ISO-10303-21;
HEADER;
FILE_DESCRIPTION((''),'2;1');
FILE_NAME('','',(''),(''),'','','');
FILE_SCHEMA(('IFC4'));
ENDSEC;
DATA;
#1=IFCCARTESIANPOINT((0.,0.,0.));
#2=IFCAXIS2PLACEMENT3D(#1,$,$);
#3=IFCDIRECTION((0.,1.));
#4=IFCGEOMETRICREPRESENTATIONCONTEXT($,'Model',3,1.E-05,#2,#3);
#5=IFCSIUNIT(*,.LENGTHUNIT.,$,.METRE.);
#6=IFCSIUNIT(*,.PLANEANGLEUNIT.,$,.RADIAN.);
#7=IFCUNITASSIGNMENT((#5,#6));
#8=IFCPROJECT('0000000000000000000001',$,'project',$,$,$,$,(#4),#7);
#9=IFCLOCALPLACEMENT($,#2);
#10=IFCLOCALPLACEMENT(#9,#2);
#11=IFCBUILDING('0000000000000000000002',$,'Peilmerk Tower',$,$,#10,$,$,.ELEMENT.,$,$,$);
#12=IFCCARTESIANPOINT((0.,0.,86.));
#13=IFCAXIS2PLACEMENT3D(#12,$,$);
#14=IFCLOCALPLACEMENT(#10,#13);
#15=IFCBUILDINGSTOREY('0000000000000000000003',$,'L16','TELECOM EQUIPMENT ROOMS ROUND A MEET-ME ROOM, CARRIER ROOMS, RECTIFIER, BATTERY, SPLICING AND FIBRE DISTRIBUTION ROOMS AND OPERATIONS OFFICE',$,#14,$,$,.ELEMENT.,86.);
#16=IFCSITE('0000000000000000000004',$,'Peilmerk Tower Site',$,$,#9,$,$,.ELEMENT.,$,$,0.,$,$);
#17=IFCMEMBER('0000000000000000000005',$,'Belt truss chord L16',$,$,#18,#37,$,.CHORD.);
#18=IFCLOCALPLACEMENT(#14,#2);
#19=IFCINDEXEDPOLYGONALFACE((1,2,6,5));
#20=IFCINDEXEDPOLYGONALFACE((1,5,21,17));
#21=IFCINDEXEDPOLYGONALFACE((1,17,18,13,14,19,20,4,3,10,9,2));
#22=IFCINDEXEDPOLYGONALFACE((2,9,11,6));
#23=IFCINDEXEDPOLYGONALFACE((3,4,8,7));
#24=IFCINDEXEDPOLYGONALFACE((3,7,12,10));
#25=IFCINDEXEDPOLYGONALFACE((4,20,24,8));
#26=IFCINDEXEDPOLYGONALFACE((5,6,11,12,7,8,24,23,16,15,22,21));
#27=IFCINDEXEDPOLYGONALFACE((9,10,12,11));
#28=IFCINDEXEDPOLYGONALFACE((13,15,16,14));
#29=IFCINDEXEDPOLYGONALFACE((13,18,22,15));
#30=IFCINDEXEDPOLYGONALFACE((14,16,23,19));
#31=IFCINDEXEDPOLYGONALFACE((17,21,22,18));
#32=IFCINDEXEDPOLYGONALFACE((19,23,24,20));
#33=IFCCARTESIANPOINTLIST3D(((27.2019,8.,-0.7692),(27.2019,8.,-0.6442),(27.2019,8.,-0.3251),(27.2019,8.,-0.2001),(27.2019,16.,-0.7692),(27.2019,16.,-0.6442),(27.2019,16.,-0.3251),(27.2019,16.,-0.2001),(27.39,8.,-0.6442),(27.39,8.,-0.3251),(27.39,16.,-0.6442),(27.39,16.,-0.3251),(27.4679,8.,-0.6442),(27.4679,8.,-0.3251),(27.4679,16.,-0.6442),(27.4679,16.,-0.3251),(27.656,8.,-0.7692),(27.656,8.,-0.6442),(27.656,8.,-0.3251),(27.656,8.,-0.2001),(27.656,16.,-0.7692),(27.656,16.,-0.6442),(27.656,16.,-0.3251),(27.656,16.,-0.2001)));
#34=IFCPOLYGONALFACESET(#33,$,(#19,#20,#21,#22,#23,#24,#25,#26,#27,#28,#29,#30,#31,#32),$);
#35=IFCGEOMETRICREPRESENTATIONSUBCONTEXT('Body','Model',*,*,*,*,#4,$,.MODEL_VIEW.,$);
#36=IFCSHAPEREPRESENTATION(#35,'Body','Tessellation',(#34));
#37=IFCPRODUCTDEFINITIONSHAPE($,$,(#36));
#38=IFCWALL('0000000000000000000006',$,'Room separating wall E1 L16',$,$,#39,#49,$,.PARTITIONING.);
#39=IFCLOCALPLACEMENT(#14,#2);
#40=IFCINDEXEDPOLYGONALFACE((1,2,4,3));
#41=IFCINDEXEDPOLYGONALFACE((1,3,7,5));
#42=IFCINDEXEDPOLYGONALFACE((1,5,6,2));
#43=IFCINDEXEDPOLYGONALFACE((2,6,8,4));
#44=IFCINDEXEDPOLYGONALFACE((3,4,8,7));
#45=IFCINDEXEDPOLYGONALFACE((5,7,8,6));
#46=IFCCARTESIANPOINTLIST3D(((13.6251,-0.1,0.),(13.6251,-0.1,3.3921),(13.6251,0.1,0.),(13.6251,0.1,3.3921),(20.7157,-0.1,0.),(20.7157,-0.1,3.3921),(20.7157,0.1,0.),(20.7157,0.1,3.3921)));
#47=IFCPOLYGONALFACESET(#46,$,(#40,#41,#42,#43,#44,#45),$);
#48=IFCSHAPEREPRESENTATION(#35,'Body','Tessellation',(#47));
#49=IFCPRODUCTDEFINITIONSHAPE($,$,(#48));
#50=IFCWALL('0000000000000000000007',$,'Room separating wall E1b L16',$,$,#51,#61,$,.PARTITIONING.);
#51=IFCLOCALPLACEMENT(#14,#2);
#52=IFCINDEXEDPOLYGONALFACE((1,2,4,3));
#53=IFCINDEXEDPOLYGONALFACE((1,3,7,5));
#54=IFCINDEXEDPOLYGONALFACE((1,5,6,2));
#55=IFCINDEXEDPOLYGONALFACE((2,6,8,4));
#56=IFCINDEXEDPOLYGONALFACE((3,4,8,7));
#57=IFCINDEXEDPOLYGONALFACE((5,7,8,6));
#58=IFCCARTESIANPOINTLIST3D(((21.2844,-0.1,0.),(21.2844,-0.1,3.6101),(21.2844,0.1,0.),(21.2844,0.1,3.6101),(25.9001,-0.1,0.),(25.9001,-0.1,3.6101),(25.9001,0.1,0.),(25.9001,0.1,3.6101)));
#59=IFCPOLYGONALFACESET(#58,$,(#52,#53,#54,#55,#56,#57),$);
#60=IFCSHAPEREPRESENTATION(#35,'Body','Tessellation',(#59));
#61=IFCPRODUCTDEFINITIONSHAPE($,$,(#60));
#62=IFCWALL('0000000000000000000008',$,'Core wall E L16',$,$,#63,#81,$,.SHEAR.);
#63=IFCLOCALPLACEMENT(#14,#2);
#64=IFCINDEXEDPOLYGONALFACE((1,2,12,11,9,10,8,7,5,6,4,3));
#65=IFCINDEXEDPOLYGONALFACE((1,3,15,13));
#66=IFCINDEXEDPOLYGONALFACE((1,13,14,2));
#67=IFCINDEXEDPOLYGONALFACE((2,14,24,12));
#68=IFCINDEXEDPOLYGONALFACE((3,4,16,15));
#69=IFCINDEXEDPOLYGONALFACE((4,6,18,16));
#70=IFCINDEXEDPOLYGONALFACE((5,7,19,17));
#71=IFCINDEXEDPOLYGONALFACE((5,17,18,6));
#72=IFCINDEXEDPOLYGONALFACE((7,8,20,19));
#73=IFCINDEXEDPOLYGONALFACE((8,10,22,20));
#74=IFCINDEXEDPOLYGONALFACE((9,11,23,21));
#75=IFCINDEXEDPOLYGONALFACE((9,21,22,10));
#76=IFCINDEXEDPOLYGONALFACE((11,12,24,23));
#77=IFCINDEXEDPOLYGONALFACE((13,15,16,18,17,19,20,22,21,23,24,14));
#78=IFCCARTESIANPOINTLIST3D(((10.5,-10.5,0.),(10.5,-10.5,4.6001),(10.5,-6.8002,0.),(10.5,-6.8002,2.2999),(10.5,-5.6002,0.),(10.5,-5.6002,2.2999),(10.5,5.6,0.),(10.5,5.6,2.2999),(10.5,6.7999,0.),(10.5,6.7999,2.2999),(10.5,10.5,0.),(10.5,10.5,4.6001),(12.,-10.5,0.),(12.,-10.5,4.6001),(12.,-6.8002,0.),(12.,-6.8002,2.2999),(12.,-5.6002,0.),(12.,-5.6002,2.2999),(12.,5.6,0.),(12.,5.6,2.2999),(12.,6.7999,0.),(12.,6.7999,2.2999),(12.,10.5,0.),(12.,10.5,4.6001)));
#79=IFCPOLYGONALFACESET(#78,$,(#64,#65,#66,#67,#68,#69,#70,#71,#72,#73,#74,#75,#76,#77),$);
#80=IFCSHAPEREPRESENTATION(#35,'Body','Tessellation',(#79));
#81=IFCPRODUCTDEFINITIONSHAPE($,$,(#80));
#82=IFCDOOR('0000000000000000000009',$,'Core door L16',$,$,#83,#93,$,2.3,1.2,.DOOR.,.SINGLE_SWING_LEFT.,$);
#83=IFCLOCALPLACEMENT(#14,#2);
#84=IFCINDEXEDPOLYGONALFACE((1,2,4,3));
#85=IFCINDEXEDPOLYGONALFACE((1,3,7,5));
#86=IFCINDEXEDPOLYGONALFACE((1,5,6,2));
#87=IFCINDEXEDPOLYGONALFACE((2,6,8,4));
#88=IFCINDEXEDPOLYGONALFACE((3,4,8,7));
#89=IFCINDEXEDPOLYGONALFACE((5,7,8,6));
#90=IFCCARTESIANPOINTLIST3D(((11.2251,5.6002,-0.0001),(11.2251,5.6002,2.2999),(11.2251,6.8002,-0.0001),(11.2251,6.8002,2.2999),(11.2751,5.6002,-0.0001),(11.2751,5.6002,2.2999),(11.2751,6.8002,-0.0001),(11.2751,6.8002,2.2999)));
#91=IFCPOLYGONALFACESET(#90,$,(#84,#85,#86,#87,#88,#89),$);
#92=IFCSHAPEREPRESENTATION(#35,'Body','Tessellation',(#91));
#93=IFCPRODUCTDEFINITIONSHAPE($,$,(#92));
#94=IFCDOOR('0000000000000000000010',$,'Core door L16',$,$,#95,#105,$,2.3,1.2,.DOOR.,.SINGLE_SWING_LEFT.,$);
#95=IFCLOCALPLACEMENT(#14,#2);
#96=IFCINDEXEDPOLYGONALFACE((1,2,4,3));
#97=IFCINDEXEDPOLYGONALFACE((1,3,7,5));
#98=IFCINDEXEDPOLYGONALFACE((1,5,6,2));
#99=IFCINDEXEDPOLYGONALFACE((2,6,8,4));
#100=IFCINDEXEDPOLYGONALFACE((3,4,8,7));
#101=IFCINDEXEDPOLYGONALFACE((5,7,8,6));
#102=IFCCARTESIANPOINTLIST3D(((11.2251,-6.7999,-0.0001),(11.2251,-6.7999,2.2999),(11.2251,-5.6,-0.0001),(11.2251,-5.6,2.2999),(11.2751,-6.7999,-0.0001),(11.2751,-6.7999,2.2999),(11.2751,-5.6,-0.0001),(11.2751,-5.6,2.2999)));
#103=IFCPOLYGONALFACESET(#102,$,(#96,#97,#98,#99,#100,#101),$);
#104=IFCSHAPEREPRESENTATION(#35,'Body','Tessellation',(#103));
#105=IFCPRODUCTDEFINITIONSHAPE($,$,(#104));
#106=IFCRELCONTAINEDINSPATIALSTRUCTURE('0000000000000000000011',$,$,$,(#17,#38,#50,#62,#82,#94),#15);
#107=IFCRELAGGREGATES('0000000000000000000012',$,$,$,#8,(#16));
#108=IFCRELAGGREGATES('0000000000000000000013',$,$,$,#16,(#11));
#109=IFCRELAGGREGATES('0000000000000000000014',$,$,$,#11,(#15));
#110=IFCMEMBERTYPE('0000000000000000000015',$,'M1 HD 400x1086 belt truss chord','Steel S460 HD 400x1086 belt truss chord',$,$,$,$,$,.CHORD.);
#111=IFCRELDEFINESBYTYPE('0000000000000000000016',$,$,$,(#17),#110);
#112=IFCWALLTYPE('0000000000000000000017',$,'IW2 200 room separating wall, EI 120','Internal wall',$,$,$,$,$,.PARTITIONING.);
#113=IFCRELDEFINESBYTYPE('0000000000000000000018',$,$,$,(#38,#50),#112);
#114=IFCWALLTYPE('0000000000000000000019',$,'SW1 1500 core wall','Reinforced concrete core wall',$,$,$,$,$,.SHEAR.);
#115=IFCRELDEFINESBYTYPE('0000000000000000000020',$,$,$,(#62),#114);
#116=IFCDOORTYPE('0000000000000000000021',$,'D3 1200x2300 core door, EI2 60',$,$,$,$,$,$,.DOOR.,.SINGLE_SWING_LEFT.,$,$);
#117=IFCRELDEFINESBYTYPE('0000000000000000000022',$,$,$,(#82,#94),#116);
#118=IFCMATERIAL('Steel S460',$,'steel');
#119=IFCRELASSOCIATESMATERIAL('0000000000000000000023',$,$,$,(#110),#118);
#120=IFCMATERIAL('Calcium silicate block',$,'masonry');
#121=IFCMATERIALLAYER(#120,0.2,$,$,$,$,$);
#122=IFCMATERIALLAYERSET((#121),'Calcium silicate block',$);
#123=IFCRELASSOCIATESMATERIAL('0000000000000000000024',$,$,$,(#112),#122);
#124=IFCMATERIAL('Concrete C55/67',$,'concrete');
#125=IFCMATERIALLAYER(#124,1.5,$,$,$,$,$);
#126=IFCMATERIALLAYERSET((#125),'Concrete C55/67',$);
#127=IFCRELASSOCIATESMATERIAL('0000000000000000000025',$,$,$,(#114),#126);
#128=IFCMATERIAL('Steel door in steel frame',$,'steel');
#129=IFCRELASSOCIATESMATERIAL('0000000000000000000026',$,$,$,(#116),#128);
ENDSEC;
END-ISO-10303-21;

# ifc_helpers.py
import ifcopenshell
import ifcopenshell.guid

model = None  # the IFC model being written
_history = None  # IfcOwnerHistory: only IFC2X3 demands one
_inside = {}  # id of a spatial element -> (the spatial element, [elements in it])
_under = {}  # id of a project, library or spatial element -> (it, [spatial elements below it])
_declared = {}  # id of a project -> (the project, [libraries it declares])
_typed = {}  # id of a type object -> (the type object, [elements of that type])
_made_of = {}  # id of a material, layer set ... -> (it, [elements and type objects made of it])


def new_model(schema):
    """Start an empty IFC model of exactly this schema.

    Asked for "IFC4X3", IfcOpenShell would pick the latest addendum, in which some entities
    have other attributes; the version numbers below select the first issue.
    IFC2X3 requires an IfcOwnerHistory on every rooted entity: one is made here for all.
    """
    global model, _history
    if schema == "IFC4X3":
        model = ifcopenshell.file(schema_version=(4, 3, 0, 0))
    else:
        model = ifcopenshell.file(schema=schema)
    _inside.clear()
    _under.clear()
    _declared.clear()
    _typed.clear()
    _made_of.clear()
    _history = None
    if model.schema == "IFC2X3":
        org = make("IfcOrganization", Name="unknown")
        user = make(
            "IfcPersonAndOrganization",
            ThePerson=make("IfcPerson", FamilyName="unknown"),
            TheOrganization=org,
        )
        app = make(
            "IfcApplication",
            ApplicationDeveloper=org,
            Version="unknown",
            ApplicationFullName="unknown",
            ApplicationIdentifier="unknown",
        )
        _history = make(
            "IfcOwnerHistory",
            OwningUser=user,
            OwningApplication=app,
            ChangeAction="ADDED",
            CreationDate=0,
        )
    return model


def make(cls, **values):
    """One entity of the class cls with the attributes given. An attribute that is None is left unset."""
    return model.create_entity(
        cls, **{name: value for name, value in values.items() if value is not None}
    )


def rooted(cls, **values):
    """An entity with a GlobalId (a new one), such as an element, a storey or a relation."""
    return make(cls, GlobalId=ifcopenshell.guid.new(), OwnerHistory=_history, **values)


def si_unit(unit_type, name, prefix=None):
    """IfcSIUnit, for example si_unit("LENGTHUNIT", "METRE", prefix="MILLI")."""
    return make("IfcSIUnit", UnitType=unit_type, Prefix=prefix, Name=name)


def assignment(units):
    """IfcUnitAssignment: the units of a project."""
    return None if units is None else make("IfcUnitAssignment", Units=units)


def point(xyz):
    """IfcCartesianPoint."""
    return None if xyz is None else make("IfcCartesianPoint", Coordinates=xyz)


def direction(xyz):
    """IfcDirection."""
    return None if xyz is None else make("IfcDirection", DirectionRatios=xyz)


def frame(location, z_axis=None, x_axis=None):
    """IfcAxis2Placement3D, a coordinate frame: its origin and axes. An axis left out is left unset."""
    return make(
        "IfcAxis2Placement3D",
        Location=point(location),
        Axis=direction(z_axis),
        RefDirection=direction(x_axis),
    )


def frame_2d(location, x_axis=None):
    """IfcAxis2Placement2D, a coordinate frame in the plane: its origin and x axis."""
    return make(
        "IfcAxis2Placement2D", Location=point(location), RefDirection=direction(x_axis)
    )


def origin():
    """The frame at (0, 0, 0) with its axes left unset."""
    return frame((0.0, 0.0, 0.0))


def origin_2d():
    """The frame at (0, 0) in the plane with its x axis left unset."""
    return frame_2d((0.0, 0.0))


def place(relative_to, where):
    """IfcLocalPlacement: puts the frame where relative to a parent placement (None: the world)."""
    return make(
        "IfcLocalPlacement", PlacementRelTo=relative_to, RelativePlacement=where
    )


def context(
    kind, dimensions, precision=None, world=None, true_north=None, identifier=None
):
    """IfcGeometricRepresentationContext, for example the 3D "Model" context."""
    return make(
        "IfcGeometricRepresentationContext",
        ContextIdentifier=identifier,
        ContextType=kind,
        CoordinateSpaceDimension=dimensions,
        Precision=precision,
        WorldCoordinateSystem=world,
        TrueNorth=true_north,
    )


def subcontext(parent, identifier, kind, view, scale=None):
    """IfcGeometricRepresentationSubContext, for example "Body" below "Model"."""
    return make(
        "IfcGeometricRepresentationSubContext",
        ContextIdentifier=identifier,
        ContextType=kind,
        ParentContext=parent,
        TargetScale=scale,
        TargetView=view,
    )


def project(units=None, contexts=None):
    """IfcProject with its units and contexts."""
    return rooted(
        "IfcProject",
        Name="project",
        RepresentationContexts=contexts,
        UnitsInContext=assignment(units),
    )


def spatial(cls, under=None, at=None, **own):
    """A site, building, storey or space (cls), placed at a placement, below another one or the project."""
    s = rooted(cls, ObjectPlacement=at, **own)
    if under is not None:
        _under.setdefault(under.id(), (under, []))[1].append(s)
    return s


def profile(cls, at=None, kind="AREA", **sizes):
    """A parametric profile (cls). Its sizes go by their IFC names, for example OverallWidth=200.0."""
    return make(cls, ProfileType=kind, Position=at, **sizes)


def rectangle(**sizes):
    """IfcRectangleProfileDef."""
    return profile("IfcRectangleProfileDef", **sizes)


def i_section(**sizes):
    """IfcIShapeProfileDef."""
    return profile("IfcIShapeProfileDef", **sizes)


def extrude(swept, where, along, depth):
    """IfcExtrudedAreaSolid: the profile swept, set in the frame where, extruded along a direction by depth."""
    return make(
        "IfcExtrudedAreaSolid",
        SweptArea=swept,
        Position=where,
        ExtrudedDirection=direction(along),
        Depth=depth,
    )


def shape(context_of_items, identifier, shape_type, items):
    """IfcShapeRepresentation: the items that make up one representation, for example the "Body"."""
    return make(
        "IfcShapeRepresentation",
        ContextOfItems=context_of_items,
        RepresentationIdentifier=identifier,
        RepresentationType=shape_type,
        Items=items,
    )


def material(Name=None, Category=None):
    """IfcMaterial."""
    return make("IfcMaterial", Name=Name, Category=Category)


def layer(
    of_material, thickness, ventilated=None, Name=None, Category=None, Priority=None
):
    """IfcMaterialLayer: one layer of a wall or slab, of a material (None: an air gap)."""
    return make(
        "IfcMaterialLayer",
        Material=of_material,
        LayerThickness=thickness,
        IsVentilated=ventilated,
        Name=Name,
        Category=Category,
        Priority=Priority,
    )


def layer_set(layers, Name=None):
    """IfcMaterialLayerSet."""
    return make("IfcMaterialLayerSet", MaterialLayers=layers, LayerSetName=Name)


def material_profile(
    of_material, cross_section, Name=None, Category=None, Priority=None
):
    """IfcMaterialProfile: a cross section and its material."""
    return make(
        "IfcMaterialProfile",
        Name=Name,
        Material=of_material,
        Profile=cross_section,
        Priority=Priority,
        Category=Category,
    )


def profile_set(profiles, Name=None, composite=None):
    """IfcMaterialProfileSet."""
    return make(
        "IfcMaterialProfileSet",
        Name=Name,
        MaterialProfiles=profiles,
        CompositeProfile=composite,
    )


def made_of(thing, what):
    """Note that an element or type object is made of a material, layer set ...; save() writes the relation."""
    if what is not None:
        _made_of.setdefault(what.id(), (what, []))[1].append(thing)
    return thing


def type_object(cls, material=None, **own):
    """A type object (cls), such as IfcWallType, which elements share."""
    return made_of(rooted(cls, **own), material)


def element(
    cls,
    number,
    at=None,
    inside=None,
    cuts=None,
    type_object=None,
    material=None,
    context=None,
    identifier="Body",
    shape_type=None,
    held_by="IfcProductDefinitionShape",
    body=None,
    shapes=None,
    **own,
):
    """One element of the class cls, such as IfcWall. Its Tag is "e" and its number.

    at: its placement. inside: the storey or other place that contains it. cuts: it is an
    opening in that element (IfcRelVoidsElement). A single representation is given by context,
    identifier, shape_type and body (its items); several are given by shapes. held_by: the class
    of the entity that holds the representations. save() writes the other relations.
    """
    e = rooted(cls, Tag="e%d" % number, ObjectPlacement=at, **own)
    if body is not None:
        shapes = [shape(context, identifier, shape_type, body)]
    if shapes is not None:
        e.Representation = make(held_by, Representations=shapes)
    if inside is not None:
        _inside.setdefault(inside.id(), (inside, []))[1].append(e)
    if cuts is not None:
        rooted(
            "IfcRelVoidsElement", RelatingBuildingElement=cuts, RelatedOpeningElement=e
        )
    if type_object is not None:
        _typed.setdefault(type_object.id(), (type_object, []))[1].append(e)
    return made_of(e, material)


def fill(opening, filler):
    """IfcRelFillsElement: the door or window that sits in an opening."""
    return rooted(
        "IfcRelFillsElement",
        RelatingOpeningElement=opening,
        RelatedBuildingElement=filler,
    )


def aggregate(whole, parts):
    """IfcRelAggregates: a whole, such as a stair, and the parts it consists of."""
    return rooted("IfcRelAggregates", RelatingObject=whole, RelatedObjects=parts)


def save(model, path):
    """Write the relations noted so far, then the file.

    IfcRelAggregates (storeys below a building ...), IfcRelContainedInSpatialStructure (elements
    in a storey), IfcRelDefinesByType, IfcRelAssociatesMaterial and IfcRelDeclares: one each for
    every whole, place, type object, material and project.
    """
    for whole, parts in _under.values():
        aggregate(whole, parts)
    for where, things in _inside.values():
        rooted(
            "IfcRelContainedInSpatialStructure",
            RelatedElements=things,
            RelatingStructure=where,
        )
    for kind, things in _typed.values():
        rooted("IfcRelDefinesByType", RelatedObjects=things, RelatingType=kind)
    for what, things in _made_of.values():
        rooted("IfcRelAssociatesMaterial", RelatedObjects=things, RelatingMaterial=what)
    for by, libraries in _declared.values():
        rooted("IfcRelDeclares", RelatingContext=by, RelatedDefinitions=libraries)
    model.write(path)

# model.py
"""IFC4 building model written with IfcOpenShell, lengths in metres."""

from ifc_helpers import new_model, si_unit, direction, frame, frame_2d, origin, origin_2d, place, context, subcontext, project, spatial, rectangle, i_section, extrude, material, layer, layer_set, material_profile, profile_set, type_object, element, fill, save


model = new_model("IFC4")

# Units and contexts
model_context = context("Model", 3, precision=1e-05, world=origin(), true_north=direction((0.0, 1.0)))
body_context = subcontext(model_context, "Body", "Model", "MODEL_VIEW")
ifc_project = project(units=[si_unit("LENGTHUNIT", "METRE"), si_unit("PLANEANGLEUNIT", "RADIAN")], contexts=[model_context])

# Site, building, storey
site_placement = place(None, origin())
site = spatial("IfcSite", under=ifc_project, at=site_placement, Name="Peilmerk Tower Site", CompositionType="ELEMENT", RefElevation=0.0)
building_placement = place(site_placement, origin())
building = spatial("IfcBuilding", under=site, at=building_placement, Name="Peilmerk Tower", CompositionType="ELEMENT")
storey_placement = place(building_placement, frame((0.0, 0.0, 86.0)))
storey = spatial("IfcBuildingStorey", under=building, at=storey_placement, Name="L16", Description="TELECOM EQUIPMENT ROOMS ROUND A MEET-ME ROOM, CARRIER ROOMS, RECTIFIER, BATTERY, SPLICING AND FIBRE DISTRIBUTION ROOMS AND OPERATIONS OFFICE", CompositionType="ELEMENT", Elevation=86.0)

# Shared definitions
ifc_material_1 = material(Name="Steel S460", Category="steel")

# Member
ifc_material_profile_1 = material_profile(ifc_material_1, i_section(OverallWidth=0.4541, OverallDepth=0.5691, WebThickness=0.0779, FlangeThickness=0.125, at=origin_2d()), Name="HD 400x1086")
ifc_profile_set_1 = profile_set([ifc_material_profile_1], Name="Steel S460")
member_type = type_object("IfcMemberType", Name="M1 HD 400x1086 belt truss chord", Description="Steel S460 HD 400x1086 belt truss chord", PredefinedType="CHORD", material=ifc_profile_set_1)
for number, where, z_axis, x_axis, name in (
    (1, (27.429, 8.0, -0.4846), (0.0, 1.0, 0.0), (-1.0, 0.0, 0.0), "Belt truss chord L16"),
):
    element("IfcMember", number, at=place(storey_placement, frame(where, z_axis=z_axis, x_axis=x_axis)), inside=storey, type_object=member_type, Name=name, PredefinedType="CHORD", context=body_context, shape_type="SweptSolid", body=[
        extrude(i_section(OverallWidth=0.4541, OverallDepth=0.5691, WebThickness=0.0779, FlangeThickness=0.125, at=origin_2d()), origin(), (0.0, 0.0, 1.0), 8.0),
    ])

# Walls
ifc_material_2 = material(Name="Calcium silicate block", Category="masonry")
ifc_layer_1 = layer(ifc_material_2, 0.2)
ifc_layer_set_1 = layer_set([ifc_layer_1], Name="Calcium silicate block")
wall_type_1 = type_object("IfcWallType", Name="IW2 200 room separating wall, EI 120", Description="Internal wall", PredefinedType="PARTITIONING", material=ifc_layer_set_1)
wall_1_placement = place(storey_placement, frame((13.625, 0.0, 0.0), z_axis=(0.0, 0.0, 1.0), x_axis=(1.0, 0.0, 0.0)))
element("IfcWall", 2, at=wall_1_placement, inside=storey, type_object=wall_type_1, Name="Room separating wall E1 L16", PredefinedType="PARTITIONING", context=body_context, shape_type="SweptSolid", body=[
    extrude(rectangle(XDim=7.0906, YDim=0.2, at=frame_2d((3.5454, 0.0))), origin(), (0.0, 0.0, 1.0), 3.3921),
])
wall_2_placement = place(storey_placement, frame((21.2844, 0.0, 0.0), z_axis=(0.0, 0.0, 1.0), x_axis=(1.0, 0.0, 0.0)))
element("IfcWall", 3, at=wall_2_placement, inside=storey, type_object=wall_type_1, Name="Room separating wall E1b L16", PredefinedType="PARTITIONING", context=body_context, shape_type="SweptSolid", body=[
    extrude(rectangle(XDim=4.6157, YDim=0.2, at=frame_2d((2.3079, 0.0))), origin(), (0.0, 0.0, 1.0), 3.6101),
])

# Wall, openings, doors
ifc_material_3 = material(Name="Concrete C55/67", Category="concrete")
ifc_layer_2 = layer(ifc_material_3, 1.5)
ifc_layer_set_2 = layer_set([ifc_layer_2], Name="Concrete C55/67")
wall_type_2 = type_object("IfcWallType", Name="SW1 1500 core wall", Description="Reinforced concrete core wall", PredefinedType="SHEAR", material=ifc_layer_set_2)
wall_3_placement = place(storey_placement, frame((11.25, 10.5, 0.0), z_axis=(0.0, 0.0, 1.0), x_axis=(0.0, -1.0, 0.0)))
wall_3 = element("IfcWall", 4, at=wall_3_placement, inside=storey, type_object=wall_type_2, Name="Core wall E L16", PredefinedType="SHEAR", context=body_context, shape_type="SweptSolid", body=[
    extrude(rectangle(XDim=21.0, YDim=1.5, at=frame_2d((10.5, 0.0))), origin(), (0.0, 0.0, 1.0), 4.6001),
])
opening_1_placement = place(wall_3_placement, frame((3.7, 0.0, 0.0)))
opening_1 = element("IfcOpeningElement", 5, at=opening_1_placement, cuts=wall_3, PredefinedType="OPENING", context=body_context, shape_type="SweptSolid", body=[
    extrude(rectangle(XDim=1.2, YDim=2.3, at=frame_2d((0.6001, 1.1499))), frame((0.0, 0.76, 0.0), z_axis=(0.0, -1.0, 0.0), x_axis=(1.0, 0.0, 0.0)), (0.0, 0.0, 1.0), 1.52),
])
opening_2_placement = place(wall_3_placement, frame((16.1001, 0.0, 0.0)))
opening_2 = element("IfcOpeningElement", 6, at=opening_2_placement, cuts=wall_3, PredefinedType="OPENING", context=body_context, shape_type="SweptSolid", body=[
    extrude(rectangle(XDim=1.2, YDim=2.3, at=frame_2d((0.6001, 1.1499))), frame((0.0, 0.76, 0.0), z_axis=(0.0, -1.0, 0.0), x_axis=(1.0, 0.0, 0.0)), (0.0, 0.0, 1.0), 1.52),
])
ifc_material_4 = material(Name="Steel door in steel frame", Category="steel")
door_type = type_object("IfcDoorType", Name="D3 1200x2300 core door, EI2 60", OperationType="SINGLE_SWING_LEFT", PredefinedType="DOOR", material=ifc_material_4)
door_1_placement = place(opening_1_placement, frame((1.2, 0.0, 0.0), z_axis=(0.0, 0.0, 1.0), x_axis=(-1.0, 0.0, 0.0)))
door_1 = element("IfcDoor", 7, at=door_1_placement, inside=storey, type_object=door_type, Name="Core door L16", OperationType="SINGLE_SWING_LEFT", OverallHeight=2.3, OverallWidth=1.2, PredefinedType="DOOR", context=body_context, shape_type="SweptSolid", body=[
    extrude(rectangle(XDim=1.2, YDim=2.3, at=frame_2d((0.6001, 1.1499))), frame((0.0, 0.0249, 0.0), z_axis=(0.0, -1.0, 0.0), x_axis=(1.0, 0.0, 0.0)), (0.0, 0.0, 1.0), 0.05),
])
fill(opening_1, door_1)
door_2_placement = place(opening_2_placement, frame((1.2, 0.0, 0.0), z_axis=(0.0, 0.0, 1.0), x_axis=(-1.0, 0.0, 0.0)))
door_2 = element("IfcDoor", 8, at=door_2_placement, inside=storey, type_object=door_type, Name="Core door L16", OperationType="SINGLE_SWING_LEFT", OverallHeight=2.3, OverallWidth=1.2, PredefinedType="DOOR", context=body_context, shape_type="SweptSolid", body=[
    extrude(rectangle(XDim=1.2, YDim=2.3, at=frame_2d((0.6001, 1.1499))), frame((0.0, 0.0249, 0.0), z_axis=(0.0, -1.0, 0.0), x_axis=(1.0, 0.0, 0.0)), (0.0, 0.0, 1.0), 0.05),
])
fill(opening_2, door_2)

save(model, "model.ifc")
